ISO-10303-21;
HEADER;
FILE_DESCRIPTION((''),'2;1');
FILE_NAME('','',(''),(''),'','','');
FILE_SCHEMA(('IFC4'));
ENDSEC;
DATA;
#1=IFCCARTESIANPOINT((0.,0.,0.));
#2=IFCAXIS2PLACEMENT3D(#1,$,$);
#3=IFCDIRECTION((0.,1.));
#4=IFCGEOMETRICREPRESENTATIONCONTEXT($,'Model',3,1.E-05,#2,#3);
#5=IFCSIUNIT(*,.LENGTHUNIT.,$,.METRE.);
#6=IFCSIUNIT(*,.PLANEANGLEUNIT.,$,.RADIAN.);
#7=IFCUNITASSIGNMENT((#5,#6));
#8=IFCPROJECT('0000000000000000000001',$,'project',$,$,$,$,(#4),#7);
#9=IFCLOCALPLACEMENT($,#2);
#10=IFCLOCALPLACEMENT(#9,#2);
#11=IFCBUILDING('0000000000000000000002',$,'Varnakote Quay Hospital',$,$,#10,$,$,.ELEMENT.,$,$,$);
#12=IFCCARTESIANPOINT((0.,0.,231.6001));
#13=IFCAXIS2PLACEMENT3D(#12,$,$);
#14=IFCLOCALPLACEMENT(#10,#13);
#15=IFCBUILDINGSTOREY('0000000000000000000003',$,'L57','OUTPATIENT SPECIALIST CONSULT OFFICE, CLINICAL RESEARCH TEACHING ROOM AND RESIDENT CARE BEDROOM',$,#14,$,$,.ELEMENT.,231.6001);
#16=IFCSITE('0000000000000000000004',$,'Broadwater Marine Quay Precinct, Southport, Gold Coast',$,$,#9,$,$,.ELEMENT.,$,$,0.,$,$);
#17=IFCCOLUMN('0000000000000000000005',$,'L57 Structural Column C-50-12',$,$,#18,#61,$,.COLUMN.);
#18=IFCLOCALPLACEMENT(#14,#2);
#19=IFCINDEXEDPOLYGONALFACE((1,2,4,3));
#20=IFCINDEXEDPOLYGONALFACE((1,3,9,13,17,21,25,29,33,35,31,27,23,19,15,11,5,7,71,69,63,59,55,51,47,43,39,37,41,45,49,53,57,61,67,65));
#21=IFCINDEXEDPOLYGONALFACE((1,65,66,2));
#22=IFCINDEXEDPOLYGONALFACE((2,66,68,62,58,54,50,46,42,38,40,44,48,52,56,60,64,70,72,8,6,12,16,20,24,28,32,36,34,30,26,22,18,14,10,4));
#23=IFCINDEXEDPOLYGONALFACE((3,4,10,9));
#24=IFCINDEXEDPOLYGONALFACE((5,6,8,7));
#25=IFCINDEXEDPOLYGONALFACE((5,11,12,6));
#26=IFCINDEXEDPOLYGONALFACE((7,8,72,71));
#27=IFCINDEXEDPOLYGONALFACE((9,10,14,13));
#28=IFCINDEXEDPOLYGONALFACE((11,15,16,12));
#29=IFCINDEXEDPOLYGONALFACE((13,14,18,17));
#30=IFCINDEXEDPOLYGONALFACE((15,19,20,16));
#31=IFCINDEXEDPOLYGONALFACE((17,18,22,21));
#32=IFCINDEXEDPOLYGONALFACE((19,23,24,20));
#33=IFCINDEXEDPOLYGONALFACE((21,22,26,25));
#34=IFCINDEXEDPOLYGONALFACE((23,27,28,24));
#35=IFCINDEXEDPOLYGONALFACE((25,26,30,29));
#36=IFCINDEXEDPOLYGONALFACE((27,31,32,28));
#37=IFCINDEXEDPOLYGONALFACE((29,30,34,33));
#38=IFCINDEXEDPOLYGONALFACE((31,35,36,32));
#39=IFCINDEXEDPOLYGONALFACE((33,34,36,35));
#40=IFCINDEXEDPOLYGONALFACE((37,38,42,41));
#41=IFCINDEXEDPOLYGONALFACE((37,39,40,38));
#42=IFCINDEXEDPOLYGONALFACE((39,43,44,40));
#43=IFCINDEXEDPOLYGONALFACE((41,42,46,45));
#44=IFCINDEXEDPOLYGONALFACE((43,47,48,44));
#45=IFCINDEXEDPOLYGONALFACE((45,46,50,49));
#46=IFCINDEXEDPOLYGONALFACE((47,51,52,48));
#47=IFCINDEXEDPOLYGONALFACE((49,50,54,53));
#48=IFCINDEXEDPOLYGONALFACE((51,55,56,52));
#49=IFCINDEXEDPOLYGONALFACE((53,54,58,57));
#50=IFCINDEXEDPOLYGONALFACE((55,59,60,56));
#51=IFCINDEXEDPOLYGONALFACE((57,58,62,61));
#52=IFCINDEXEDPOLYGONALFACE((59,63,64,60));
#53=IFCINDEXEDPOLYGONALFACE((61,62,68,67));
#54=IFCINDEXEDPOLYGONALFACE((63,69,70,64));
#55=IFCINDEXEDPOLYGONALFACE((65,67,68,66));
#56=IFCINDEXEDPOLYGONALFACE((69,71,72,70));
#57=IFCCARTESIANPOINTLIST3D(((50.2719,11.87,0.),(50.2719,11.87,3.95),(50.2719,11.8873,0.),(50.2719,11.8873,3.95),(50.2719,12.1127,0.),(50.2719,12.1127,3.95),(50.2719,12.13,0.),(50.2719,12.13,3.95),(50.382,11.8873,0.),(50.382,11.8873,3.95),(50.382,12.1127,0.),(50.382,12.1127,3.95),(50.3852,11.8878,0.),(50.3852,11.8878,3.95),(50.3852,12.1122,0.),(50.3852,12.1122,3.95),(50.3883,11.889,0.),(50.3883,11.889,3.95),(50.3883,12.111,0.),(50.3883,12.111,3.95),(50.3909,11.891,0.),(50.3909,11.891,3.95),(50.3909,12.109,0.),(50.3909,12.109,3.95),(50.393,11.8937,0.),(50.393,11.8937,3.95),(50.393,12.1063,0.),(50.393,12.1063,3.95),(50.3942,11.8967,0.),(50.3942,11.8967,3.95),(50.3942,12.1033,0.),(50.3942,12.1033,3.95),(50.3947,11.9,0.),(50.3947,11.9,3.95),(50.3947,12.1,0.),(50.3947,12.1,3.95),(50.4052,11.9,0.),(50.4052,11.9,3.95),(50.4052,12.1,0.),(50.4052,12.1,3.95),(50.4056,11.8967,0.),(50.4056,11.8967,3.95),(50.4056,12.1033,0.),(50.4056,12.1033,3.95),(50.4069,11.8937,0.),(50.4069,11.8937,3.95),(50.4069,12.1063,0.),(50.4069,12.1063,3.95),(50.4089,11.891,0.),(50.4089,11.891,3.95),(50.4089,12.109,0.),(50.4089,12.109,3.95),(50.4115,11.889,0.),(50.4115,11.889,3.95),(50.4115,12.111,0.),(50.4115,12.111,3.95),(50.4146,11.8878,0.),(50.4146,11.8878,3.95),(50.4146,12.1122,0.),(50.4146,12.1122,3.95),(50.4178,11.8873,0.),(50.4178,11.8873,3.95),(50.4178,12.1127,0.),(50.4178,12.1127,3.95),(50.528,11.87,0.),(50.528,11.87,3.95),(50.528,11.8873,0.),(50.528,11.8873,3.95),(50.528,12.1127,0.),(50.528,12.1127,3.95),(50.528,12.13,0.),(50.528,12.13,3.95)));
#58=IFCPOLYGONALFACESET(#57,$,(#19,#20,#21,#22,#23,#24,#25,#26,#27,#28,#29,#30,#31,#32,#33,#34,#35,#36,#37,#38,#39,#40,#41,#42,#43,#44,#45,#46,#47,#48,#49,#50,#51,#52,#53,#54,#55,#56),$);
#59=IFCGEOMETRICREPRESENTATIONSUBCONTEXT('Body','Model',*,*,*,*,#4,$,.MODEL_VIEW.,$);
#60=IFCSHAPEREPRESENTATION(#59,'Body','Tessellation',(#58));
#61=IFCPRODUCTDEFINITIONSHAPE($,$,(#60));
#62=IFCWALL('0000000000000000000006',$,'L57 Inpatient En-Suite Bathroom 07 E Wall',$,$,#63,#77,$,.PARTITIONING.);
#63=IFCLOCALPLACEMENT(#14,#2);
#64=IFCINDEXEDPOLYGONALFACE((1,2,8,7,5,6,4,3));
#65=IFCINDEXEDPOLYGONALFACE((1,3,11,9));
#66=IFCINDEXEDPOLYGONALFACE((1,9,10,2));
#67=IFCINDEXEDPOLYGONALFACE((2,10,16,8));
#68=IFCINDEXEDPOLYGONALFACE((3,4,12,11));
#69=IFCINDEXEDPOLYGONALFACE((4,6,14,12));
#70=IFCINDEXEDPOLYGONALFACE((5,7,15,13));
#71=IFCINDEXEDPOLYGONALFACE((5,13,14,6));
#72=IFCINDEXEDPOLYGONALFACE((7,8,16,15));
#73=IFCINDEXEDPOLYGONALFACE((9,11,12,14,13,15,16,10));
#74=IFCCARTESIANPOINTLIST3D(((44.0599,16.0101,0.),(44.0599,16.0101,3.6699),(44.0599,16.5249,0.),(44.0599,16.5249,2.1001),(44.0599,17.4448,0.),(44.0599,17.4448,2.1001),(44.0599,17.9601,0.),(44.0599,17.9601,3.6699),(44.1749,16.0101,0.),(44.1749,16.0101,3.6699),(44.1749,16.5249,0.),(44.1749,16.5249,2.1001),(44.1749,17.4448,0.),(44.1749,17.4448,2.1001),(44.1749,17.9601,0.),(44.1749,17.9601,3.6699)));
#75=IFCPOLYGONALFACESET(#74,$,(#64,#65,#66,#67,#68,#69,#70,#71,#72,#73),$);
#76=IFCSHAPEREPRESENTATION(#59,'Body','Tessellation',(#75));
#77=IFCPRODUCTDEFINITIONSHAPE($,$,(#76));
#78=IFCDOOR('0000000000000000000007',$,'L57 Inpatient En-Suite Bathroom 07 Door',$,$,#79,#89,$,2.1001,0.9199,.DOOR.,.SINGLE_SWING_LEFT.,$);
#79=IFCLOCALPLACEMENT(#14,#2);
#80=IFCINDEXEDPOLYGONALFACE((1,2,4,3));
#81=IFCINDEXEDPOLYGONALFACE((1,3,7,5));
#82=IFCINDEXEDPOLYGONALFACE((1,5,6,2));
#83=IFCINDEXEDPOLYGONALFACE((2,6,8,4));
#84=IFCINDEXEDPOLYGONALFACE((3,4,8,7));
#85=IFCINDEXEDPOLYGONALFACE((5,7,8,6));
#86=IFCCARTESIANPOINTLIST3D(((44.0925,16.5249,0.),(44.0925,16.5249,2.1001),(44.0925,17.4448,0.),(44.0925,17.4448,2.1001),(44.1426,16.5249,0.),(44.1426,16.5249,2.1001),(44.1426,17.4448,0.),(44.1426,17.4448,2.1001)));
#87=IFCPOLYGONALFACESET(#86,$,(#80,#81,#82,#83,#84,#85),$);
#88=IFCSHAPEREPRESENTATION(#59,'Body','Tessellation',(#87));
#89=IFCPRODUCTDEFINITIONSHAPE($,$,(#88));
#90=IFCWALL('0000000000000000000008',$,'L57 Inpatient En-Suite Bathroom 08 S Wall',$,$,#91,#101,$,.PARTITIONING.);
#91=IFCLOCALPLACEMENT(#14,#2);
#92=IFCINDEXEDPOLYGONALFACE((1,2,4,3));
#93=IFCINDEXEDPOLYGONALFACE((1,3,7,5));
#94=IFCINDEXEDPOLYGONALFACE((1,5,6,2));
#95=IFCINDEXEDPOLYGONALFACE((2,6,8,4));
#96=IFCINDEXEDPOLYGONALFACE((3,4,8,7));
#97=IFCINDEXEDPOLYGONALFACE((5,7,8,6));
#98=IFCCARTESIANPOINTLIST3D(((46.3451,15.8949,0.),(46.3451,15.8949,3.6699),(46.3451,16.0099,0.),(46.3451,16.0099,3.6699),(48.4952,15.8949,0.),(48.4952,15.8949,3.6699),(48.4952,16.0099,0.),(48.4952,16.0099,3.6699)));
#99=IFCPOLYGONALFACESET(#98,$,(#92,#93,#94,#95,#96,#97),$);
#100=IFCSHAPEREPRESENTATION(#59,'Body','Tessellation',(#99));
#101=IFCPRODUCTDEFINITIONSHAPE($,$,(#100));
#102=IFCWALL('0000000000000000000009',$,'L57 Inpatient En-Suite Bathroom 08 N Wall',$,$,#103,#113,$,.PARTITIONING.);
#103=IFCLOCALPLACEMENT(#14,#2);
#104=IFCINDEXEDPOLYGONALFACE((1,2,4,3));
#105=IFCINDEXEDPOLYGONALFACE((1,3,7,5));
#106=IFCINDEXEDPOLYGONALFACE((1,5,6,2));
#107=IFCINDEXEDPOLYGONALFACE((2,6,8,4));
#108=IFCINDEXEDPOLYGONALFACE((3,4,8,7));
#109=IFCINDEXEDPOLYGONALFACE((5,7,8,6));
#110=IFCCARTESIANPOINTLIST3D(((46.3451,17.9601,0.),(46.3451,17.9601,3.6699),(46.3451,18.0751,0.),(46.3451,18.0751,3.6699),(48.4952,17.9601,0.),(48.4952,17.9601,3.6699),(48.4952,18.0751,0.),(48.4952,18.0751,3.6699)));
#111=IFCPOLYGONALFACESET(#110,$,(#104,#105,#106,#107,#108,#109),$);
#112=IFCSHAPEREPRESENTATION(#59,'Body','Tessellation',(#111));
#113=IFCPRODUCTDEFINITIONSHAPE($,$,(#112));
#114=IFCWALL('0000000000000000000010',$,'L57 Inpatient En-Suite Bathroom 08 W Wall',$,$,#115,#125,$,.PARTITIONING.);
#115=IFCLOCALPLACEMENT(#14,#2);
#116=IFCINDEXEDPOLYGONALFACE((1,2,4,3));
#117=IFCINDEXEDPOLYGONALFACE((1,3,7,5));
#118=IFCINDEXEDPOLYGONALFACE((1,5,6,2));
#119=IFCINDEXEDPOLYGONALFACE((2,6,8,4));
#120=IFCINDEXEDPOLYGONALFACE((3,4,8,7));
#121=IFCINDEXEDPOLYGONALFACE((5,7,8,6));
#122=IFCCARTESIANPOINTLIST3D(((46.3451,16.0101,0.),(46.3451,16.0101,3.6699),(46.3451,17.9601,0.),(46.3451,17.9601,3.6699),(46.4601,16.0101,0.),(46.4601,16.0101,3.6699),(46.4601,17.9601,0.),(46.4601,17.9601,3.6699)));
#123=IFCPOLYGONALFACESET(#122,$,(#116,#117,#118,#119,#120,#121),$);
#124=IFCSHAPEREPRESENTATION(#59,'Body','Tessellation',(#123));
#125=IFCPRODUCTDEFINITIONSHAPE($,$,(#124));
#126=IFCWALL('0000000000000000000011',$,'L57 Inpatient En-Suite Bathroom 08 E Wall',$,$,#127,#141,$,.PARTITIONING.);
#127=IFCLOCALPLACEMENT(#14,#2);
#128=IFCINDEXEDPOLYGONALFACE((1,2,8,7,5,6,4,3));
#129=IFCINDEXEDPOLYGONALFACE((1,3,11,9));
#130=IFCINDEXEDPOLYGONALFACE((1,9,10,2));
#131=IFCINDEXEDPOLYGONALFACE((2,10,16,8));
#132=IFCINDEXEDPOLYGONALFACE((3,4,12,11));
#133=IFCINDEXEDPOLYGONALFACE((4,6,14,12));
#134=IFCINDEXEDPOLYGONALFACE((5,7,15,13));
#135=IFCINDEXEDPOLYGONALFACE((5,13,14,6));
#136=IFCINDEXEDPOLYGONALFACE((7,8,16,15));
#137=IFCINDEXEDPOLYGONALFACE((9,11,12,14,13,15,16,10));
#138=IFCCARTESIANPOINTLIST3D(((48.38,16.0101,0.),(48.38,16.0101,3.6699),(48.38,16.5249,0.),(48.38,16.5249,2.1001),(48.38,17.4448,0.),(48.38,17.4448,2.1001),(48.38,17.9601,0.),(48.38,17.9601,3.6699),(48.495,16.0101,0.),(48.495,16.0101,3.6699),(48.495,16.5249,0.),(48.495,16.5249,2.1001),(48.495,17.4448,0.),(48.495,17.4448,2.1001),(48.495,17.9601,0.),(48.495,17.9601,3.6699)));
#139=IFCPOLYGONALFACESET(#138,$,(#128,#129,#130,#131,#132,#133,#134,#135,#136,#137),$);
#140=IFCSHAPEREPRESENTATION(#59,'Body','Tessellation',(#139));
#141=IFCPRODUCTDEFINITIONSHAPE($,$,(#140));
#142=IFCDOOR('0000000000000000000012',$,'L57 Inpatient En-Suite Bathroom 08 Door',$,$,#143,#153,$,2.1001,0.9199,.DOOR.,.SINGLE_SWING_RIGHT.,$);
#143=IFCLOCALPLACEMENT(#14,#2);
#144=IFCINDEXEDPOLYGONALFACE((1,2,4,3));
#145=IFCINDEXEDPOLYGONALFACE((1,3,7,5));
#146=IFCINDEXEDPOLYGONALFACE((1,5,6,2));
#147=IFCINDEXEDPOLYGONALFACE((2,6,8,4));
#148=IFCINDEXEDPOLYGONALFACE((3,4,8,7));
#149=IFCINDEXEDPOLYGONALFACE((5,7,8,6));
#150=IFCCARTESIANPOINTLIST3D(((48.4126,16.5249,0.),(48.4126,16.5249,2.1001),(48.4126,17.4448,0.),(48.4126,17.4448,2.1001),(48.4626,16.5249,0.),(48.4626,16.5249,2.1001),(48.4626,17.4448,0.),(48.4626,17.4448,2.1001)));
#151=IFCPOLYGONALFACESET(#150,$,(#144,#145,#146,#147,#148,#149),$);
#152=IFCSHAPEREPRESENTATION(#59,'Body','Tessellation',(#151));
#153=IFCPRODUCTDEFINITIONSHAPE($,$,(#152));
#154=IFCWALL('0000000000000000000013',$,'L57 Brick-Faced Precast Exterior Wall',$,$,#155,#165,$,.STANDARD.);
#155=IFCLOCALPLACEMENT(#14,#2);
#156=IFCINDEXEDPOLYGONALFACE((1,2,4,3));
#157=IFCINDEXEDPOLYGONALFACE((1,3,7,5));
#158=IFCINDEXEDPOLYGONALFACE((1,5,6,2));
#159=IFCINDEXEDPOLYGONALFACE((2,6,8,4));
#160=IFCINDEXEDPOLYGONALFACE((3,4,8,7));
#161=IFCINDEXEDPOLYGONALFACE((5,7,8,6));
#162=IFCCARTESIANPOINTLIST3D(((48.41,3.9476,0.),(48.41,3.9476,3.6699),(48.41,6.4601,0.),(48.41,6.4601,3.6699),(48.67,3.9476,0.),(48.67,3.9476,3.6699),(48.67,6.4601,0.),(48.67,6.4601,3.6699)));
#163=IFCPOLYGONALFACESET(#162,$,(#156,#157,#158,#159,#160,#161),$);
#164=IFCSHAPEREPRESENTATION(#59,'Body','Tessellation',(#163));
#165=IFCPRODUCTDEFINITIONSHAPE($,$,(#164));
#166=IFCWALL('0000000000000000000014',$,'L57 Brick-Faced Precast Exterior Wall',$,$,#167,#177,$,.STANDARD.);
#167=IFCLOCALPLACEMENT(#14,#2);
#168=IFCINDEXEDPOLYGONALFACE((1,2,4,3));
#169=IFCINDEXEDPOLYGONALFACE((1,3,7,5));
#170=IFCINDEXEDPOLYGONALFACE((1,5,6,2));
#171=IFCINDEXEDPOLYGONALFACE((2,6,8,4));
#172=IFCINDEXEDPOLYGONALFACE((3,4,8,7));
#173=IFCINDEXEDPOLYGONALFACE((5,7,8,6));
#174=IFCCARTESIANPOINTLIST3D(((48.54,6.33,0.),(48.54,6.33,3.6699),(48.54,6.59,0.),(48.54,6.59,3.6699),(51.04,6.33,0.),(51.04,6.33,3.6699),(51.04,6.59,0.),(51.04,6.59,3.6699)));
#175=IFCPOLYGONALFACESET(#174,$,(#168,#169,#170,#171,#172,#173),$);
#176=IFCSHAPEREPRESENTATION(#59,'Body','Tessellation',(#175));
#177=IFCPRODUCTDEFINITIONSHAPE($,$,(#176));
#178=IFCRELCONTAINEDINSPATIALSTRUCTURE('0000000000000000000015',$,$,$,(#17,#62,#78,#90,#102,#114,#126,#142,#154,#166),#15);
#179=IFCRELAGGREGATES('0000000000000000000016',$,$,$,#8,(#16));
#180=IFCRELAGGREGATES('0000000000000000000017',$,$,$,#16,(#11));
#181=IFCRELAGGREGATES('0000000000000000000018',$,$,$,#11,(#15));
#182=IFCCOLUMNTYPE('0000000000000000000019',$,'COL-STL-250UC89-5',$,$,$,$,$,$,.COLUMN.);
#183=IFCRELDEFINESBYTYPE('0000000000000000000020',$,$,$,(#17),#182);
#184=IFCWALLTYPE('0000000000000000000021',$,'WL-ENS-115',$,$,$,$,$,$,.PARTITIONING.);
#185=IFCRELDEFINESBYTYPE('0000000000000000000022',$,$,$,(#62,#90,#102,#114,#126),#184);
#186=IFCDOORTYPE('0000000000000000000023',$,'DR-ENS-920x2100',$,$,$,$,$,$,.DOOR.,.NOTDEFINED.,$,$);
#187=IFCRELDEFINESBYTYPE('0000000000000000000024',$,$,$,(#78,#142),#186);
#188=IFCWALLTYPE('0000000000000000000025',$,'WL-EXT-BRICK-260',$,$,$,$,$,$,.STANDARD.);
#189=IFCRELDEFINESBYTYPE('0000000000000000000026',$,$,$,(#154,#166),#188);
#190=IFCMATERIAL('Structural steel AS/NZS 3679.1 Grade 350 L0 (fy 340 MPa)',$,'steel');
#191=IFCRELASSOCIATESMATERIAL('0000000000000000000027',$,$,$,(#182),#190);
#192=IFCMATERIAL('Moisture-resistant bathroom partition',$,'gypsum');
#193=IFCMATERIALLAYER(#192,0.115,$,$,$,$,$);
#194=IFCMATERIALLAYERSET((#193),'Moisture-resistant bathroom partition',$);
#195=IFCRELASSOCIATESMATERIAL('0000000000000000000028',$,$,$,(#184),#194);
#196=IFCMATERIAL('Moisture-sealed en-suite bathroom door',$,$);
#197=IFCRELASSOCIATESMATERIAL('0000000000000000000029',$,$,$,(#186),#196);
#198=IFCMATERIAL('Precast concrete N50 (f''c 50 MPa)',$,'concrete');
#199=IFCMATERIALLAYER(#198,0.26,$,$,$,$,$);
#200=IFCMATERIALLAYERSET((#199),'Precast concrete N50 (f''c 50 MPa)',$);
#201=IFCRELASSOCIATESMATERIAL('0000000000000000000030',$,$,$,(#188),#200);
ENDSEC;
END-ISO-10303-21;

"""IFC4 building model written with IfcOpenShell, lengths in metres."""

from ifc_helpers import new_model, si_unit, direction, frame, frame_2d, origin, origin_2d, place, context, subcontext, project, spatial, rectangle, i_section, extrude, material, layer, layer_set, material_profile, profile_set, type_object, element, fill, save


model = new_model("IFC4")

# Units and contexts
model_context = context("Model", 3, precision=1e-05, world=origin(), true_north=direction((0.0, 1.0)))
body_context = subcontext(model_context, "Body", "Model", "MODEL_VIEW")
ifc_project = project(units=[si_unit("LENGTHUNIT", "METRE"), si_unit("PLANEANGLEUNIT", "RADIAN")], contexts=[model_context])

# Site, building, storey
site_placement = place(None, origin())
site = spatial("IfcSite", under=ifc_project, at=site_placement, Name="Broadwater Marine Quay Precinct, Southport, Gold Coast", CompositionType="ELEMENT", RefElevation=0.0)
building_placement = place(site_placement, origin())
building = spatial("IfcBuilding", under=site, at=building_placement, Name="Varnakote Quay Hospital", CompositionType="ELEMENT")
storey_placement = place(building_placement, frame((0.0, 0.0, 231.6001)))
storey = spatial("IfcBuildingStorey", under=building, at=storey_placement, Name="L57", Description="OUTPATIENT SPECIALIST CONSULT OFFICE, CLINICAL RESEARCH TEACHING ROOM AND RESIDENT CARE BEDROOM", CompositionType="ELEMENT", Elevation=231.6001)

# Column
ifc_material_1 = material(Name="Structural steel AS/NZS 3679.1 Grade 350 L0 (fy 340 MPa)", Category="steel")
ifc_material_profile = material_profile(ifc_material_1, i_section(OverallWidth=0.2561, OverallDepth=0.26, WebThickness=0.0105, FlangeThickness=0.0173, FilletRadius=0.0127, at=origin_2d()), Name="250UC89.5")
ifc_profile_set = profile_set([ifc_material_profile], Name="Structural steel AS/NZS 3679.1 Grade 350 L0 (fy 340 MPa)")
column_type = type_object("IfcColumnType", Name="COL-STL-250UC89-5", PredefinedType="COLUMN", material=ifc_profile_set)
column_placement = place(storey_placement, frame((50.3999, 12.0, 0.0), z_axis=(0.0, 0.0, 1.0), x_axis=(1.0, 0.0, 0.0)))
element("IfcColumn", 1, at=column_placement, inside=storey, type_object=column_type, Name="L57 Structural Column C-50-12", PredefinedType="COLUMN", context=body_context, shape_type="SweptSolid", body=[
    extrude(i_section(OverallWidth=0.2561, OverallDepth=0.26, WebThickness=0.0105, FlangeThickness=0.0173, FilletRadius=0.0127, at=origin_2d()), origin(), (0.0, 0.0, 1.0), 3.95),
])

# Wall, opening, door
ifc_material_2 = material(Name="Moisture-resistant bathroom partition", Category="gypsum")
ifc_layer_1 = layer(ifc_material_2, 0.115)
ifc_layer_set_1 = layer_set([ifc_layer_1], Name="Moisture-resistant bathroom partition")
wall_type_1 = type_object("IfcWallType", Name="WL-ENS-115", PredefinedType="PARTITIONING", material=ifc_layer_set_1)
wall_1_placement = place(storey_placement, frame((44.1174, 16.01, 0.0), z_axis=(0.0, 0.0, 1.0), x_axis=(0.0, 1.0, 0.0)))
wall_1 = element("IfcWall", 2, at=wall_1_placement, inside=storey, type_object=wall_type_1, Name="L57 Inpatient En-Suite Bathroom 07 E Wall", PredefinedType="PARTITIONING", context=body_context, shape_type="SweptSolid", body=[
    extrude(rectangle(XDim=1.95, YDim=0.115, at=frame_2d((0.9751, 0.0))), origin(), (0.0, 0.0, 1.0), 3.6699),
])
opening_1_placement = place(wall_1_placement, frame((0.5149, 0.0, 0.0)))
opening_1 = element("IfcOpeningElement", 3, at=opening_1_placement, cuts=wall_1, PredefinedType="OPENING", context=body_context, shape_type="SweptSolid", body=[
    extrude(rectangle(XDim=0.9199, YDim=2.1001, at=frame_2d((0.46, 1.05))), frame((0.0, 0.0674, 0.0), z_axis=(0.0, -1.0, 0.0), x_axis=(1.0, 0.0, 0.0)), (0.0, 0.0, 1.0), 0.135),
])
ifc_material_3 = material(Name="Moisture-sealed en-suite bathroom door")
door_type_1 = type_object("IfcDoorType", Name="DR-ENS-920x2100", OperationType="NOTDEFINED", PredefinedType="DOOR", material=ifc_material_3)
door_1_placement = place(opening_1_placement, origin())
door_1 = element("IfcDoor", 4, at=door_1_placement, inside=storey, type_object=door_type_1, Name="L57 Inpatient En-Suite Bathroom 07 Door", OperationType="SINGLE_SWING_LEFT", OverallHeight=2.1001, OverallWidth=0.9199, PredefinedType="DOOR", context=body_context, shape_type="SweptSolid", body=[
    extrude(rectangle(XDim=0.9199, YDim=2.1001, at=frame_2d((0.46, 1.05))), frame((0.0, 0.0249, 0.0), z_axis=(0.0, -1.0, 0.0), x_axis=(1.0, 0.0, 0.0)), (0.0, 0.0, 1.0), 0.05),
])
fill(opening_1, door_1)

# Walls
for number, where, z_axis, x_axis, name in (
    (5, (46.345, 15.9524, 0.0), (0.0, 0.0, 1.0), (1.0, 0.0, 0.0), "L57 Inpatient En-Suite Bathroom 08 S Wall"),
    (6, (46.345, 18.0176, 0.0), (0.0, 0.0, 1.0), (1.0, 0.0, 0.0), "L57 Inpatient En-Suite Bathroom 08 N Wall"),
):
    element("IfcWall", number, at=place(storey_placement, frame(where, z_axis=z_axis, x_axis=x_axis)), inside=storey, type_object=wall_type_1, Name=name, PredefinedType="PARTITIONING", context=body_context, shape_type="SweptSolid", body=[
        extrude(rectangle(XDim=2.1501, YDim=0.115, at=frame_2d((1.0752, 0.0))), origin(), (0.0, 0.0, 1.0), 3.6699),
    ])
wall_2_placement = place(storey_placement, frame((46.4026, 16.01, 0.0), z_axis=(0.0, 0.0, 1.0), x_axis=(0.0, 1.0, 0.0)))
element("IfcWall", 7, at=wall_2_placement, inside=storey, type_object=wall_type_1, Name="L57 Inpatient En-Suite Bathroom 08 W Wall", PredefinedType="PARTITIONING", context=body_context, shape_type="SweptSolid", body=[
    extrude(rectangle(XDim=1.95, YDim=0.115, at=frame_2d((0.9751, 0.0))), origin(), (0.0, 0.0, 1.0), 3.6699),
])

# Wall, opening, door
wall_3_placement = place(storey_placement, frame((48.4375, 16.01, 0.0), z_axis=(0.0, 0.0, 1.0), x_axis=(0.0, 1.0, 0.0)))
wall_3 = element("IfcWall", 8, at=wall_3_placement, inside=storey, type_object=wall_type_1, Name="L57 Inpatient En-Suite Bathroom 08 E Wall", PredefinedType="PARTITIONING", context=body_context, shape_type="SweptSolid", body=[
    extrude(rectangle(XDim=1.95, YDim=0.115, at=frame_2d((0.9751, 0.0))), origin(), (0.0, 0.0, 1.0), 3.6699),
])
opening_2_placement = place(wall_3_placement, frame((0.5149, 0.0, 0.0)))
opening_2 = element("IfcOpeningElement", 9, at=opening_2_placement, cuts=wall_3, PredefinedType="OPENING", context=body_context, shape_type="SweptSolid", body=[
    extrude(rectangle(XDim=0.9199, YDim=2.1001, at=frame_2d((0.46, 1.05))), frame((0.0, 0.0674, 0.0), z_axis=(0.0, -1.0, 0.0), x_axis=(1.0, 0.0, 0.0)), (0.0, 0.0, 1.0), 0.135),
])
door_2_placement = place(opening_2_placement, origin())
door_2 = element("IfcDoor", 10, at=door_2_placement, inside=storey, type_object=door_type_1, Name="L57 Inpatient En-Suite Bathroom 08 Door", OperationType="SINGLE_SWING_RIGHT", OverallHeight=2.1001, OverallWidth=0.9199, PredefinedType="DOOR", context=body_context, shape_type="SweptSolid", body=[
    extrude(rectangle(XDim=0.9199, YDim=2.1001, at=frame_2d((0.46, 1.05))), frame((0.0, 0.0249, 0.0), z_axis=(0.0, -1.0, 0.0), x_axis=(1.0, 0.0, 0.0)), (0.0, 0.0, 1.0), 0.05),
])
fill(opening_2, door_2)

# Walls
ifc_material_4 = material(Name="Precast concrete N50 (f'c 50 MPa)", Category="concrete")
ifc_layer_2 = layer(ifc_material_4, 0.26)
ifc_layer_set_2 = layer_set([ifc_layer_2], Name="Precast concrete N50 (f'c 50 MPa)")
wall_type_2 = type_object("IfcWallType", Name="WL-EXT-BRICK-260", PredefinedType="STANDARD", material=ifc_layer_set_2)
wall_4_placement = place(storey_placement, frame((48.54, 3.9475, 0.0), z_axis=(0.0, 0.0, 1.0), x_axis=(0.0, 1.0, 0.0)))
element("IfcWall", 11, at=wall_4_placement, inside=storey, type_object=wall_type_2, Name="L57 Brick-Faced Precast Exterior Wall", PredefinedType="STANDARD", context=body_context, shape_type="SweptSolid", body=[
    extrude(rectangle(XDim=2.5125, YDim=0.26, at=frame_2d((1.2563, 0.0))), origin(), (0.0, 0.0, 1.0), 3.6699),
])
wall_5_placement = place(storey_placement, frame((48.54, 6.46, 0.0), z_axis=(0.0, 0.0, 1.0), x_axis=(1.0, 0.0, 0.0)))
element("IfcWall", 12, at=wall_5_placement, inside=storey, type_object=wall_type_2, Name="L57 Brick-Faced Precast Exterior Wall", PredefinedType="STANDARD", context=body_context, shape_type="SweptSolid", body=[
    extrude(rectangle(XDim=2.5, YDim=0.26, at=frame_2d((1.25, 0.0))), origin(), (0.0, 0.0, 1.0), 3.6699),
])

save(model, "model.ifc")
